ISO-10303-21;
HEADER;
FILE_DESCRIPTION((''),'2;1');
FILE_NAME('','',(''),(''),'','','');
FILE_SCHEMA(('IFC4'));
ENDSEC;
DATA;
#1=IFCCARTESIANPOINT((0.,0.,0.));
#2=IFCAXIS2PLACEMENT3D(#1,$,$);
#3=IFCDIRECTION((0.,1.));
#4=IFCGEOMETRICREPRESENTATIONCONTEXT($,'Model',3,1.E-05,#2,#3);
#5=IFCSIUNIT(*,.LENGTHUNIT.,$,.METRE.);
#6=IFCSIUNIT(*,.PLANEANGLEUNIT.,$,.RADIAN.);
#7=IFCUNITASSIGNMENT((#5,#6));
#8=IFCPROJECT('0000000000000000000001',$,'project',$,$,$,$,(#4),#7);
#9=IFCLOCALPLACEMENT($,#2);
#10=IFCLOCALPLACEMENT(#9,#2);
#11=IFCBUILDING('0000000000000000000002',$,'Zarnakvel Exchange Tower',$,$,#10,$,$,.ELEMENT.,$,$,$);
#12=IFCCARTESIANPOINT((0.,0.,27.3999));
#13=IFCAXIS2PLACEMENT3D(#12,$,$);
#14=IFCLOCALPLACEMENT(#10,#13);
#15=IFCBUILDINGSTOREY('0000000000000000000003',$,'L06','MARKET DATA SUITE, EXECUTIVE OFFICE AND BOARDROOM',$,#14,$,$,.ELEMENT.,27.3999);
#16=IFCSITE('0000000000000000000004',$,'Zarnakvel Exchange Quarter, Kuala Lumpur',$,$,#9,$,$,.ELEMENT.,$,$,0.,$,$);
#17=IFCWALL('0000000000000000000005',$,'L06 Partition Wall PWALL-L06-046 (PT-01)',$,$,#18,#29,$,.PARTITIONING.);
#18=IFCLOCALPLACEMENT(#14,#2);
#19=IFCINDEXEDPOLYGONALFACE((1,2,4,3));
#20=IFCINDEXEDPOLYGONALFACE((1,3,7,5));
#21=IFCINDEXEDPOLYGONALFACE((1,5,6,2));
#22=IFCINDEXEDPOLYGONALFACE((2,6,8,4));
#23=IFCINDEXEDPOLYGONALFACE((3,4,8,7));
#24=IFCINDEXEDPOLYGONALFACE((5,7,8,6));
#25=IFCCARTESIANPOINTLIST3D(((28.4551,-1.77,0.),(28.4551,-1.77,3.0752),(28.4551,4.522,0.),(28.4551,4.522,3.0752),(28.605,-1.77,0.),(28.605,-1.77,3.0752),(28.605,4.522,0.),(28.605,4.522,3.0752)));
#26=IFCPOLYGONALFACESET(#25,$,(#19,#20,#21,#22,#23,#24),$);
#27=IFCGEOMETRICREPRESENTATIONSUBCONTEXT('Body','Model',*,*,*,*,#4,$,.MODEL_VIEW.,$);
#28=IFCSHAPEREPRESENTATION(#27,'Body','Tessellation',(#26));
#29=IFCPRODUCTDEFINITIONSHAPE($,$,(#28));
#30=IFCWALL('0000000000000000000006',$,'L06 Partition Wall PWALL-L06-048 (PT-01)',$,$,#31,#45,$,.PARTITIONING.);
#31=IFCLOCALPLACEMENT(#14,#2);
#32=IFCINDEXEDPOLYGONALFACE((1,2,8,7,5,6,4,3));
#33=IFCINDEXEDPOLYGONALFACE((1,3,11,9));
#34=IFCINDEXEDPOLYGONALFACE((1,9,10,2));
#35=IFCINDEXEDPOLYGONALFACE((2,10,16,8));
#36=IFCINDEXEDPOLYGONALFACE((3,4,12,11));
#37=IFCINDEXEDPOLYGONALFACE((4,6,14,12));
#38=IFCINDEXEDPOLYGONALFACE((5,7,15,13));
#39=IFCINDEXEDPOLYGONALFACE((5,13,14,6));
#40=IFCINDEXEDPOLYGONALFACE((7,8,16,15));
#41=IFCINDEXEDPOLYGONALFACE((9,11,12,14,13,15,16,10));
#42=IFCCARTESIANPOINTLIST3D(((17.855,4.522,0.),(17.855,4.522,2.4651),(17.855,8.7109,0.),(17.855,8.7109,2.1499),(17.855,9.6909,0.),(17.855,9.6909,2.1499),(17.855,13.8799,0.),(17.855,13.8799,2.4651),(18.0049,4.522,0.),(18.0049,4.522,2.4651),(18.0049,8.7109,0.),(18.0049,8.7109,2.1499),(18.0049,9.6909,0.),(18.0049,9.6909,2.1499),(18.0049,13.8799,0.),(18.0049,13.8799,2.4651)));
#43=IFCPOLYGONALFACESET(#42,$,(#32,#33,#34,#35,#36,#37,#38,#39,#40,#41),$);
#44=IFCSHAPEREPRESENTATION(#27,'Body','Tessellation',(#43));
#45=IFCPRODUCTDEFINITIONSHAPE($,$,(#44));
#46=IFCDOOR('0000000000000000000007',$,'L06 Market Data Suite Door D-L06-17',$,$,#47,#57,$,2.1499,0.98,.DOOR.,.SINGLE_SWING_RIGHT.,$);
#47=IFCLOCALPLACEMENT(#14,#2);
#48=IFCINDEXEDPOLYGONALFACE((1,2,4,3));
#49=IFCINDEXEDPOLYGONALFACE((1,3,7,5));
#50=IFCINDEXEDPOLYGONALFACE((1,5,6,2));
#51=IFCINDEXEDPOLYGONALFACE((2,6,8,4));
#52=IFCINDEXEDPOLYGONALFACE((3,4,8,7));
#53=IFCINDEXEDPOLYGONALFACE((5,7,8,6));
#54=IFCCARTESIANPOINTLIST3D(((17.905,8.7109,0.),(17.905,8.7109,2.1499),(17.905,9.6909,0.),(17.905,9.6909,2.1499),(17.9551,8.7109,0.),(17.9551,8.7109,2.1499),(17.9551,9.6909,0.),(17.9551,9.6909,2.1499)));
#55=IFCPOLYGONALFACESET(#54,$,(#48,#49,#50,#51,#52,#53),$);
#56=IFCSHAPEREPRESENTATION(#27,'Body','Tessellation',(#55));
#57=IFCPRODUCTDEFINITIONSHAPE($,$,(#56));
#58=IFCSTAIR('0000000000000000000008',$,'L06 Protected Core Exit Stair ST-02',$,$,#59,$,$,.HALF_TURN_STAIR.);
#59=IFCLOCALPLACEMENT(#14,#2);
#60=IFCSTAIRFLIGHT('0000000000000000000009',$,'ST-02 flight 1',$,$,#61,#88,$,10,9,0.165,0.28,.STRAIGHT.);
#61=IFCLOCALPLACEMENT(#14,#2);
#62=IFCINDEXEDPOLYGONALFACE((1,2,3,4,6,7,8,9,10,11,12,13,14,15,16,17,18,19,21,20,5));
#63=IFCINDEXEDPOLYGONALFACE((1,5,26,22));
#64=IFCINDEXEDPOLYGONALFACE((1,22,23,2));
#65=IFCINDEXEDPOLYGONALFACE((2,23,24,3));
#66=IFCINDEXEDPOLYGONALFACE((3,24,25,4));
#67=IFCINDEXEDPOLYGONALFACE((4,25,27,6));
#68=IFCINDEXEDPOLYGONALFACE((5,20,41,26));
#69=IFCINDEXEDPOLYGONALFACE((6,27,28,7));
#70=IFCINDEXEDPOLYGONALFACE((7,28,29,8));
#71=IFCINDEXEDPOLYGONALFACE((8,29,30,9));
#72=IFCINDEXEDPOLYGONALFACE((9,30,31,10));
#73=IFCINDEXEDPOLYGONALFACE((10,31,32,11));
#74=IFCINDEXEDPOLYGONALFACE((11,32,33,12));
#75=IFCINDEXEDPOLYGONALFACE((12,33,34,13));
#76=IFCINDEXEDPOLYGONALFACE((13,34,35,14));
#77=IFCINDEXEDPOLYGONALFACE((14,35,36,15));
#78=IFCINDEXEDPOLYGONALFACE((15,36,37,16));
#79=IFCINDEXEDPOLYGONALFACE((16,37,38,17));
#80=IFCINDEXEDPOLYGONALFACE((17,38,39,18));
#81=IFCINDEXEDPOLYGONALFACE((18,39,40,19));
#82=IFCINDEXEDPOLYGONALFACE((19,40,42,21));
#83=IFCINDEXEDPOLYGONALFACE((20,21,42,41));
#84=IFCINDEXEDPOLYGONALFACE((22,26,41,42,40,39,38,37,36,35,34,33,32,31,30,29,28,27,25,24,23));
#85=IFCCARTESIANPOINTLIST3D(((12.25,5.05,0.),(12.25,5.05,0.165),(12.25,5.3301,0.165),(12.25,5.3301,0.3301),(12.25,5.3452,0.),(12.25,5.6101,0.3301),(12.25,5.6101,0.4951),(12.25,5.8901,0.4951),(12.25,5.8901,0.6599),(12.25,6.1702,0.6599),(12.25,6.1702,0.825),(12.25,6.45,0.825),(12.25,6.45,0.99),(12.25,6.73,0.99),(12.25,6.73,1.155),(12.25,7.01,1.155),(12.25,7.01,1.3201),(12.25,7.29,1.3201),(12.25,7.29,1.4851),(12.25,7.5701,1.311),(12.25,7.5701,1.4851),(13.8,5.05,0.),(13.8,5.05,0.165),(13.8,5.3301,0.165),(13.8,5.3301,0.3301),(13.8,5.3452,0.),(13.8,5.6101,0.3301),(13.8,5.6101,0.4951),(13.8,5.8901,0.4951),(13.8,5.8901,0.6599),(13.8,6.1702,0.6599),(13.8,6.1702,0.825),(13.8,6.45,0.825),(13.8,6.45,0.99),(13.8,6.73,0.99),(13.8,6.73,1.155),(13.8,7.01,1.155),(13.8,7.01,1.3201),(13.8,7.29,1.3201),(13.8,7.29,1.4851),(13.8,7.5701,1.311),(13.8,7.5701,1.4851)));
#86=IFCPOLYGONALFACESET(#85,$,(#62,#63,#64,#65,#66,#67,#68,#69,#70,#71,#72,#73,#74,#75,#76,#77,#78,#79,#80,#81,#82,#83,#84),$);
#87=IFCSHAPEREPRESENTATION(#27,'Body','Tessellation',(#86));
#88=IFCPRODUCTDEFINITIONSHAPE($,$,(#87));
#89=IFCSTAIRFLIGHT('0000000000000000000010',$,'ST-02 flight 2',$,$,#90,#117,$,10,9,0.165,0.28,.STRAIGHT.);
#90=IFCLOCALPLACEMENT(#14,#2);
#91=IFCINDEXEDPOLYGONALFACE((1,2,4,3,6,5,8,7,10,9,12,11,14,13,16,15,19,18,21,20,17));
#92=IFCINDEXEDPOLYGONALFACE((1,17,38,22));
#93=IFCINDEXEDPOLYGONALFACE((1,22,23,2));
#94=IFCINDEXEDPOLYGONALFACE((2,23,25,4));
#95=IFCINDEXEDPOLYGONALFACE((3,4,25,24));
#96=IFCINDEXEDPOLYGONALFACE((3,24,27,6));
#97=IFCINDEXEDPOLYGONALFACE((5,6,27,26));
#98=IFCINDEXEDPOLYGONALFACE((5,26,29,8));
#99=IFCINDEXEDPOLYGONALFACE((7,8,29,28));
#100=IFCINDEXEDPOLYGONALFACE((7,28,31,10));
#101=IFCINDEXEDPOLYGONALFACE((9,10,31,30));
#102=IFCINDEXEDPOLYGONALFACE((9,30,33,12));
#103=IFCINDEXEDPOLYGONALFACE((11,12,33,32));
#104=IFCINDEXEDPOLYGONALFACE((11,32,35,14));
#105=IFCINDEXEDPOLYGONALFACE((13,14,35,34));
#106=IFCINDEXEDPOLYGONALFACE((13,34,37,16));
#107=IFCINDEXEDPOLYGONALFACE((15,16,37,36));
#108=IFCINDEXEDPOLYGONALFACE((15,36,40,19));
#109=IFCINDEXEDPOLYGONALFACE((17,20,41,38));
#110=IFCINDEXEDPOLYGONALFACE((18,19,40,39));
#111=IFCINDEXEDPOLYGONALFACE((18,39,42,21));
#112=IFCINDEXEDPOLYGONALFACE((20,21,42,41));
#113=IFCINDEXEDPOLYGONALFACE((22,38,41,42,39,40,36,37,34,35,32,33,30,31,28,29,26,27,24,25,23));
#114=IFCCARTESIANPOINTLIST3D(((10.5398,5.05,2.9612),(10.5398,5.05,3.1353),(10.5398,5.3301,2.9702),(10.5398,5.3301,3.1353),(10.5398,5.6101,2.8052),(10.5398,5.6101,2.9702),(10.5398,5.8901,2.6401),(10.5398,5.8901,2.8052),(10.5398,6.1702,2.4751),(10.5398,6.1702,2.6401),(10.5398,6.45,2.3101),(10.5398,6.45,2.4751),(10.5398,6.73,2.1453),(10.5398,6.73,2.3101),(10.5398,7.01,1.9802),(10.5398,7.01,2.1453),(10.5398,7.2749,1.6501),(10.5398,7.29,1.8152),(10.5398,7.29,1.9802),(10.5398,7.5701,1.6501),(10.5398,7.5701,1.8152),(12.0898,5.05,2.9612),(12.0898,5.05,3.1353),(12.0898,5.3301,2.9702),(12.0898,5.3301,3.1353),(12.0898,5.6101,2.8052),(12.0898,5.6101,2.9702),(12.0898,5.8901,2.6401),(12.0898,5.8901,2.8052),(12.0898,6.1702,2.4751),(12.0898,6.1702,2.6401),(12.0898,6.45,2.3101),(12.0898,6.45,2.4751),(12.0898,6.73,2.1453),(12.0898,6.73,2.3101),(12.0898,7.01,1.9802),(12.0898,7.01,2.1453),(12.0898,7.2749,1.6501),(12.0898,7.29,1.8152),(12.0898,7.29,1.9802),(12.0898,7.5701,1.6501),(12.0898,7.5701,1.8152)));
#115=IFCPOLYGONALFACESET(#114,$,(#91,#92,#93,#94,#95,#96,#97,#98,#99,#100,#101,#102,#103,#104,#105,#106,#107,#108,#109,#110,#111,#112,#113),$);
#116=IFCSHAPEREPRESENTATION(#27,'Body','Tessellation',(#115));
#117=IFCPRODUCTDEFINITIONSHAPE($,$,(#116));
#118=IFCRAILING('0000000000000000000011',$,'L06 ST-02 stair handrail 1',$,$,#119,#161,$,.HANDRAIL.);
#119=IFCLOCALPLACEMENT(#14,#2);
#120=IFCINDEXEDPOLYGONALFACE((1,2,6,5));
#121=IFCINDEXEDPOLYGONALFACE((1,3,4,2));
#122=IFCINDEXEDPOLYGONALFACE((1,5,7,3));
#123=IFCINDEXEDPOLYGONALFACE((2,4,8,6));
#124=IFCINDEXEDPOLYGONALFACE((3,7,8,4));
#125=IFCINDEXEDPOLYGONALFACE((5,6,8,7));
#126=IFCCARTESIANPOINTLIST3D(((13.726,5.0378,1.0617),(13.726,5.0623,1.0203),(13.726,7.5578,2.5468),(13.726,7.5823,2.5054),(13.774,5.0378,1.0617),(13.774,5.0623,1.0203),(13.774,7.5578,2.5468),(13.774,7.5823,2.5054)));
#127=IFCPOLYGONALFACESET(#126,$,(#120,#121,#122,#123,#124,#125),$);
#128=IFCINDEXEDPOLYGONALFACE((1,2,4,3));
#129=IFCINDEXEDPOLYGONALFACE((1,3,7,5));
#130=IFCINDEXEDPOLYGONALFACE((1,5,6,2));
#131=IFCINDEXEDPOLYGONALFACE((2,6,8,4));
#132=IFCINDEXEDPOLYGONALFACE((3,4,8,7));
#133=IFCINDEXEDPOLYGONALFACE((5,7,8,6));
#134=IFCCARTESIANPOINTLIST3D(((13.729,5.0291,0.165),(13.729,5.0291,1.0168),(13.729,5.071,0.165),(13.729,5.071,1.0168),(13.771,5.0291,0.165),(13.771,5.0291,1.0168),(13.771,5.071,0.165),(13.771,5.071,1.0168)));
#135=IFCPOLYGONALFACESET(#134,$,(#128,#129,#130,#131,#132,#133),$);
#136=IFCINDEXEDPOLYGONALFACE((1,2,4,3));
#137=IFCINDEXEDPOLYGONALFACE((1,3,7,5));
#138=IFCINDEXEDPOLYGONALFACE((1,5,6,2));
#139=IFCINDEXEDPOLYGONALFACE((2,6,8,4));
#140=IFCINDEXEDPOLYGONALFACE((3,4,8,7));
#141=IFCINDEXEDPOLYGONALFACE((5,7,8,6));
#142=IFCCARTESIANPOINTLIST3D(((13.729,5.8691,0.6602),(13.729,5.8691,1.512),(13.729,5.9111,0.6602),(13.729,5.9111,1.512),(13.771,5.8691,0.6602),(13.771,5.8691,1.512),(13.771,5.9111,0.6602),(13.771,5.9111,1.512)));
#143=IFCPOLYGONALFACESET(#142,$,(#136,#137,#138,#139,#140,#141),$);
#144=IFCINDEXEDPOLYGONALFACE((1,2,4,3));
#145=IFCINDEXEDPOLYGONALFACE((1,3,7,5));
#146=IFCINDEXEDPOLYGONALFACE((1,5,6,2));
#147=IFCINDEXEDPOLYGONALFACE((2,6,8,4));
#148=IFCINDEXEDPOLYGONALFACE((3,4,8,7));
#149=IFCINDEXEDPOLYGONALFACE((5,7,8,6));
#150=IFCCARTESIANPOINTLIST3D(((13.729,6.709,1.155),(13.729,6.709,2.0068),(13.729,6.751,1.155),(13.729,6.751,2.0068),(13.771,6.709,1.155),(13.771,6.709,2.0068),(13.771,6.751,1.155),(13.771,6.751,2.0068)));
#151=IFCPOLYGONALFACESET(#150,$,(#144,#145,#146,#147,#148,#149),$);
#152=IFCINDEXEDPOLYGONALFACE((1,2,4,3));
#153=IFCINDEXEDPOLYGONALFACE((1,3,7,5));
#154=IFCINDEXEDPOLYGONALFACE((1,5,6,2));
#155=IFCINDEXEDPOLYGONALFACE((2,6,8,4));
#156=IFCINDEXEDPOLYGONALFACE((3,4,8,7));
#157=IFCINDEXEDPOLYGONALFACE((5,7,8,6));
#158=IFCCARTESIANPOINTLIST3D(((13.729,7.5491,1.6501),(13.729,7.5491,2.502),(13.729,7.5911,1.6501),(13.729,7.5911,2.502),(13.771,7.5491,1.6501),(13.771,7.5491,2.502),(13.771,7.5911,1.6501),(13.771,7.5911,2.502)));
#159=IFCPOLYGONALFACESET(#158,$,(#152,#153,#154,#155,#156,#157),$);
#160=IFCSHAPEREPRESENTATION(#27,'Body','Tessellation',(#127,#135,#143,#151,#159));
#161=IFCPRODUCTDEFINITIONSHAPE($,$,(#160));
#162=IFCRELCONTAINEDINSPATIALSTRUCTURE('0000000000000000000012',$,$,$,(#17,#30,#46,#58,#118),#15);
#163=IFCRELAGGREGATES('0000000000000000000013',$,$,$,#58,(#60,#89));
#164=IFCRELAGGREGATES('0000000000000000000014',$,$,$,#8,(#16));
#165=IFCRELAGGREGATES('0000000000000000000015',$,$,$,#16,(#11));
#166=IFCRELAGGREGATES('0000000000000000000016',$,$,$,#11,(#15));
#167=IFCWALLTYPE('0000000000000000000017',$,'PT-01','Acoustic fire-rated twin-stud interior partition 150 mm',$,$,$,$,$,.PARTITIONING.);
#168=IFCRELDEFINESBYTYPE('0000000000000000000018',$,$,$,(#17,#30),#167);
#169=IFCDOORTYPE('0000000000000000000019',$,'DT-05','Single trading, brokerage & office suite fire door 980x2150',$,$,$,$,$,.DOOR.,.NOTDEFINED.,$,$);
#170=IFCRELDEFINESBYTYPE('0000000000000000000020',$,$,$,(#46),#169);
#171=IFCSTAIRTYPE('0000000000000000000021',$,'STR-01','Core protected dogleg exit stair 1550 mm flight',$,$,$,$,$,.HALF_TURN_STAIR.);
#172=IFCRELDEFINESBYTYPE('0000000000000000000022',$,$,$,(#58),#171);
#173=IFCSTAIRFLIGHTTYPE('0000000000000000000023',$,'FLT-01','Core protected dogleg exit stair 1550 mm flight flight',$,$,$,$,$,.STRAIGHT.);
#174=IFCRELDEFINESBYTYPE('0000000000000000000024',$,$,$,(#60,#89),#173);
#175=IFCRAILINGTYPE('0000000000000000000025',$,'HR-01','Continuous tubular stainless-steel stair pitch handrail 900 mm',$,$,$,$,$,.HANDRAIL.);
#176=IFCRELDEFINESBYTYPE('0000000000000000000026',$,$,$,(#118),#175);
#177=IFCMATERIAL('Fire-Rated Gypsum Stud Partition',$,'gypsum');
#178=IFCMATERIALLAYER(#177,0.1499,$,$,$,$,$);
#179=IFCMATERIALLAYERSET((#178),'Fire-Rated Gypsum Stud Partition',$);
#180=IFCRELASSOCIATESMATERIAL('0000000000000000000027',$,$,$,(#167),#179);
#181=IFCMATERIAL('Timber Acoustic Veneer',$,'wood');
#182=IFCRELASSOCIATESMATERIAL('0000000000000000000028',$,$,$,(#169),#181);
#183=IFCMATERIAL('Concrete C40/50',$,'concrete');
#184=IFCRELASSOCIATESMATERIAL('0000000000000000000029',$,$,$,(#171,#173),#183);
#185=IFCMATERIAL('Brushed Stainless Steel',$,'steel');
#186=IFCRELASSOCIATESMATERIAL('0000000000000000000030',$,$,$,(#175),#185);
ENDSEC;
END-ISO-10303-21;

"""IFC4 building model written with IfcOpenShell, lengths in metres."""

from ifc_helpers import new_model, si_unit, direction, frame, frame_2d, origin, origin_2d, place, context, subcontext, project, spatial, polyline, rectangle, outline, extrude, source, transform, mapped, material, layer, layer_set, type_object, element, fill, aggregate, save


model = new_model("IFC4")

# Units and contexts
model_context = context("Model", 3, precision=1e-05, world=origin(), true_north=direction((0.0, 1.0)))
body_context = subcontext(model_context, "Body", "Model", "MODEL_VIEW")
ifc_project = project(units=[si_unit("LENGTHUNIT", "METRE"), si_unit("PLANEANGLEUNIT", "RADIAN")], contexts=[model_context])

# Site, building, storey
site_placement = place(None, origin())
site = spatial("IfcSite", under=ifc_project, at=site_placement, Name="Zarnakvel Exchange Quarter, Kuala Lumpur", CompositionType="ELEMENT", RefElevation=0.0)
building_placement = place(site_placement, origin())
building = spatial("IfcBuilding", under=site, at=building_placement, Name="Zarnakvel Exchange Tower", CompositionType="ELEMENT")
storey_placement = place(building_placement, frame((0.0, 0.0, 27.3999)))
storey = spatial("IfcBuildingStorey", under=building, at=storey_placement, Name="L06", Description="MARKET DATA SUITE, EXECUTIVE OFFICE AND BOARDROOM", CompositionType="ELEMENT", Elevation=27.3999)

# Wall
ifc_material_1 = material(Name="Fire-Rated Gypsum Stud Partition", Category="gypsum")
ifc_layer_1 = layer(ifc_material_1, 0.1499)
ifc_layer_set_1 = layer_set([ifc_layer_1], Name="Fire-Rated Gypsum Stud Partition")
wall_type_1 = type_object("IfcWallType", Name="PT-01", Description="Acoustic fire-rated twin-stud interior partition 150 mm", PredefinedType="PARTITIONING", material=ifc_layer_set_1)
wall_1_placement = place(storey_placement, frame((28.53, 4.522, 0.0), z_axis=(0.0, 0.0, 1.0), x_axis=(0.0, -1.0, 0.0)))
element("IfcWall", 1, at=wall_1_placement, inside=storey, type_object=wall_type_1, Name="L06 Partition Wall PWALL-L06-046 (PT-01)", PredefinedType="PARTITIONING", context=body_context, shape_type="SweptSolid", body=[
    extrude(rectangle(XDim=6.292, YDim=0.1499, at=frame_2d((3.146, 0.0))), origin(), (0.0, 0.0, 1.0), 3.0752),
])

# Wall, opening, door
wall_2_placement = place(storey_placement, frame((17.9299, 4.522, 0.0), z_axis=(0.0, 0.0, 1.0), x_axis=(0.0, 1.0, 0.0)))
wall_2 = element("IfcWall", 2, at=wall_2_placement, inside=storey, type_object=wall_type_1, Name="L06 Partition Wall PWALL-L06-048 (PT-01)", PredefinedType="PARTITIONING", context=body_context, shape_type="SweptSolid", body=[
    extrude(rectangle(XDim=9.3579, YDim=0.1499, at=frame_2d((4.679, 0.0))), origin(), (0.0, 0.0, 1.0), 2.4651),
])
opening_1_placement = place(wall_2_placement, frame((4.189, 0.0, 0.0)))
opening_1 = element("IfcOpeningElement", 3, at=opening_1_placement, cuts=wall_2, PredefinedType="OPENING", context=body_context, shape_type="SweptSolid", body=[
    extrude(rectangle(XDim=0.98, YDim=2.1499, at=frame_2d((0.49, 1.075))), frame((0.0, 0.085, 0.0), z_axis=(0.0, -1.0, 0.0), x_axis=(1.0, 0.0, 0.0)), (0.0, 0.0, 1.0), 0.1699),
])
ifc_material_2 = material(Name="Timber Acoustic Veneer", Category="wood")
door_type_1 = type_object("IfcDoorType", Name="DT-05", Description="Single trading, brokerage & office suite fire door 980x2150", OperationType="NOTDEFINED", PredefinedType="DOOR", material=ifc_material_2)
shared_shape_1 = source(origin(), body_context, "Body", "SweptSolid", [
    extrude(rectangle(XDim=0.98, YDim=2.1499, at=frame_2d((0.49, 1.075))), frame((0.0, 0.0249, 0.0), z_axis=(0.0, -1.0, 0.0), x_axis=(1.0, 0.0, 0.0)), (0.0, 0.0, 1.0), 0.05),
])
door_1_placement = place(opening_1_placement, origin())
door_1 = element("IfcDoor", 4, at=door_1_placement, inside=storey, type_object=door_type_1, Name="L06 Market Data Suite Door D-L06-17", OperationType="SINGLE_SWING_RIGHT", OverallHeight=2.1499, OverallWidth=0.98, PredefinedType="DOOR", context=body_context, shape_type="MappedRepresentation", body=[
    mapped(shared_shape_1, transform((0.0, 0.0, 0.0), x_axis=(1.0, 0.0, 0.0), y_axis=(0.0, 1.0, 0.0), z_axis=(0.0, 0.0, 1.0), scale=1.0)),
])
fill(opening_1, door_1)
ifc_material_3 = material(Name="Concrete C40/50", Category="concrete")

# Stair, stair flights
stair_type = type_object("IfcStairType", Name="STR-01", Description="Core protected dogleg exit stair 1550 mm flight", PredefinedType="HALF_TURN_STAIR", material=ifc_material_3)
stair_placement = place(storey_placement, origin())
stair = element("IfcStair", 5, at=stair_placement, inside=storey, type_object=stair_type, Name="L06 Protected Core Exit Stair ST-02", PredefinedType="HALF_TURN_STAIR")
stair_flight_type = type_object("IfcStairFlightType", Name="FLT-01", Description="Core protected dogleg exit stair 1550 mm flight flight", PredefinedType="STRAIGHT", material=ifc_material_3)
stair_flight_1_placement = place(storey_placement, frame((13.0249, 5.05, 0.0), z_axis=(0.0, 0.0, 1.0), x_axis=(0.0, 1.0, 0.0)))
stair_flight_1 = element("IfcStairFlight", 6, at=stair_flight_1_placement, type_object=stair_flight_type, Name="ST-02 flight 1", NumberOfRisers=10, NumberOfTreads=9, PredefinedType="STRAIGHT", RiserHeight=0.165, TreadLength=0.28, context=body_context, shape_type="SweptSolid", body=[
    extrude(outline(polyline([(0.0, 0.0), (0.0, 0.165), (0.28, 0.165), (0.28, 0.3301), (0.5601, 0.3301), (0.5601, 0.4951), (0.8401, 0.4951), (0.8401, 0.6599), (1.1201, 0.6599), (1.1201, 0.825), (1.3999, 0.825), (1.3999, 0.99), (1.6799, 0.99), (1.6799, 1.155), (1.96, 1.155), (1.96, 1.3201), (2.24, 1.3201), (2.24, 1.4851), (2.52, 1.4851), (2.52, 1.6499), (2.52, 1.311), (0.2952, 0.0), (0.0, 0.0)])), frame((0.0, 0.7749, 0.0), z_axis=(0.0, -1.0, 0.0), x_axis=(1.0, 0.0, 0.0)), (0.0, 0.0, 1.0), 1.55),
])
stair_flight_2_placement = place(storey_placement, frame((11.3149, 7.5701, 1.6501), z_axis=(0.0, 0.0, 1.0), x_axis=(0.0, -1.0, 0.0)))
stair_flight_2 = element("IfcStairFlight", 7, at=stair_flight_2_placement, type_object=stair_flight_type, Name="ST-02 flight 2", NumberOfRisers=10, NumberOfTreads=9, PredefinedType="STRAIGHT", RiserHeight=0.165, TreadLength=0.28, context=body_context, shape_type="SweptSolid", body=[
    extrude(outline(polyline([(0.0, 0.0), (0.0, 0.165), (0.28, 0.165), (0.28, 0.3301), (0.5601, 0.3301), (0.5601, 0.4951), (0.8401, 0.4951), (0.8401, 0.6599), (1.1201, 0.6599), (1.1201, 0.825), (1.3999, 0.825), (1.3999, 0.99), (1.6799, 0.99), (1.6799, 1.155), (1.96, 1.155), (1.96, 1.3201), (2.24, 1.3201), (2.24, 1.4851), (2.52, 1.4851), (2.52, 1.6499), (2.52, 1.311), (0.2952, 0.0), (0.0, 0.0)])), frame((0.0, 0.7749, 0.0), z_axis=(0.0, -1.0, 0.0), x_axis=(1.0, 0.0, 0.0)), (0.0, 0.0, 1.0), 1.55),
])
aggregate(stair, [stair_flight_1, stair_flight_2])

# Railing
ifc_material_4 = material(Name="Brushed Stainless Steel", Category="steel")
railing_type_1 = type_object("IfcRailingType", Name="HR-01", Description="Continuous tubular stainless-steel stair pitch handrail 900 mm", PredefinedType="HANDRAIL", material=ifc_material_4)
railing_1_placement = place(storey_placement, frame((13.75, 5.05, 0.165)))
element("IfcRailing", 8, at=railing_1_placement, inside=storey, type_object=railing_type_1, Name="L06 ST-02 stair handrail 1", PredefinedType="HANDRAIL", context=body_context, shape_type="SweptSolid", body=[
    extrude(rectangle(XDim=0.0481, YDim=0.0481, at=origin_2d()), frame((0.0, 0.0, 0.876), z_axis=(0.0, 0.861524, 0.507717), x_axis=(-1.0, 0.0, 0.0)), (0.0, 0.0, 1.0), 2.925),
    extrude(rectangle(XDim=0.042, YDim=0.042, at=origin_2d()), origin(), (0.0, 0.0, 1.0), 0.8518),
    extrude(rectangle(XDim=0.042, YDim=0.042, at=origin_2d()), frame((0.0, 0.8401, 0.4951)), (0.0, 0.0, 1.0), 0.8518),
    extrude(rectangle(XDim=0.042, YDim=0.042, at=origin_2d()), frame((0.0, 1.6799, 0.99)), (0.0, 0.0, 1.0), 0.8518),
    extrude(rectangle(XDim=0.042, YDim=0.042, at=origin_2d()), frame((0.0, 2.52, 1.4851)), (0.0, 0.0, 1.0), 0.8518),
])

save(model, "model.ifc")
